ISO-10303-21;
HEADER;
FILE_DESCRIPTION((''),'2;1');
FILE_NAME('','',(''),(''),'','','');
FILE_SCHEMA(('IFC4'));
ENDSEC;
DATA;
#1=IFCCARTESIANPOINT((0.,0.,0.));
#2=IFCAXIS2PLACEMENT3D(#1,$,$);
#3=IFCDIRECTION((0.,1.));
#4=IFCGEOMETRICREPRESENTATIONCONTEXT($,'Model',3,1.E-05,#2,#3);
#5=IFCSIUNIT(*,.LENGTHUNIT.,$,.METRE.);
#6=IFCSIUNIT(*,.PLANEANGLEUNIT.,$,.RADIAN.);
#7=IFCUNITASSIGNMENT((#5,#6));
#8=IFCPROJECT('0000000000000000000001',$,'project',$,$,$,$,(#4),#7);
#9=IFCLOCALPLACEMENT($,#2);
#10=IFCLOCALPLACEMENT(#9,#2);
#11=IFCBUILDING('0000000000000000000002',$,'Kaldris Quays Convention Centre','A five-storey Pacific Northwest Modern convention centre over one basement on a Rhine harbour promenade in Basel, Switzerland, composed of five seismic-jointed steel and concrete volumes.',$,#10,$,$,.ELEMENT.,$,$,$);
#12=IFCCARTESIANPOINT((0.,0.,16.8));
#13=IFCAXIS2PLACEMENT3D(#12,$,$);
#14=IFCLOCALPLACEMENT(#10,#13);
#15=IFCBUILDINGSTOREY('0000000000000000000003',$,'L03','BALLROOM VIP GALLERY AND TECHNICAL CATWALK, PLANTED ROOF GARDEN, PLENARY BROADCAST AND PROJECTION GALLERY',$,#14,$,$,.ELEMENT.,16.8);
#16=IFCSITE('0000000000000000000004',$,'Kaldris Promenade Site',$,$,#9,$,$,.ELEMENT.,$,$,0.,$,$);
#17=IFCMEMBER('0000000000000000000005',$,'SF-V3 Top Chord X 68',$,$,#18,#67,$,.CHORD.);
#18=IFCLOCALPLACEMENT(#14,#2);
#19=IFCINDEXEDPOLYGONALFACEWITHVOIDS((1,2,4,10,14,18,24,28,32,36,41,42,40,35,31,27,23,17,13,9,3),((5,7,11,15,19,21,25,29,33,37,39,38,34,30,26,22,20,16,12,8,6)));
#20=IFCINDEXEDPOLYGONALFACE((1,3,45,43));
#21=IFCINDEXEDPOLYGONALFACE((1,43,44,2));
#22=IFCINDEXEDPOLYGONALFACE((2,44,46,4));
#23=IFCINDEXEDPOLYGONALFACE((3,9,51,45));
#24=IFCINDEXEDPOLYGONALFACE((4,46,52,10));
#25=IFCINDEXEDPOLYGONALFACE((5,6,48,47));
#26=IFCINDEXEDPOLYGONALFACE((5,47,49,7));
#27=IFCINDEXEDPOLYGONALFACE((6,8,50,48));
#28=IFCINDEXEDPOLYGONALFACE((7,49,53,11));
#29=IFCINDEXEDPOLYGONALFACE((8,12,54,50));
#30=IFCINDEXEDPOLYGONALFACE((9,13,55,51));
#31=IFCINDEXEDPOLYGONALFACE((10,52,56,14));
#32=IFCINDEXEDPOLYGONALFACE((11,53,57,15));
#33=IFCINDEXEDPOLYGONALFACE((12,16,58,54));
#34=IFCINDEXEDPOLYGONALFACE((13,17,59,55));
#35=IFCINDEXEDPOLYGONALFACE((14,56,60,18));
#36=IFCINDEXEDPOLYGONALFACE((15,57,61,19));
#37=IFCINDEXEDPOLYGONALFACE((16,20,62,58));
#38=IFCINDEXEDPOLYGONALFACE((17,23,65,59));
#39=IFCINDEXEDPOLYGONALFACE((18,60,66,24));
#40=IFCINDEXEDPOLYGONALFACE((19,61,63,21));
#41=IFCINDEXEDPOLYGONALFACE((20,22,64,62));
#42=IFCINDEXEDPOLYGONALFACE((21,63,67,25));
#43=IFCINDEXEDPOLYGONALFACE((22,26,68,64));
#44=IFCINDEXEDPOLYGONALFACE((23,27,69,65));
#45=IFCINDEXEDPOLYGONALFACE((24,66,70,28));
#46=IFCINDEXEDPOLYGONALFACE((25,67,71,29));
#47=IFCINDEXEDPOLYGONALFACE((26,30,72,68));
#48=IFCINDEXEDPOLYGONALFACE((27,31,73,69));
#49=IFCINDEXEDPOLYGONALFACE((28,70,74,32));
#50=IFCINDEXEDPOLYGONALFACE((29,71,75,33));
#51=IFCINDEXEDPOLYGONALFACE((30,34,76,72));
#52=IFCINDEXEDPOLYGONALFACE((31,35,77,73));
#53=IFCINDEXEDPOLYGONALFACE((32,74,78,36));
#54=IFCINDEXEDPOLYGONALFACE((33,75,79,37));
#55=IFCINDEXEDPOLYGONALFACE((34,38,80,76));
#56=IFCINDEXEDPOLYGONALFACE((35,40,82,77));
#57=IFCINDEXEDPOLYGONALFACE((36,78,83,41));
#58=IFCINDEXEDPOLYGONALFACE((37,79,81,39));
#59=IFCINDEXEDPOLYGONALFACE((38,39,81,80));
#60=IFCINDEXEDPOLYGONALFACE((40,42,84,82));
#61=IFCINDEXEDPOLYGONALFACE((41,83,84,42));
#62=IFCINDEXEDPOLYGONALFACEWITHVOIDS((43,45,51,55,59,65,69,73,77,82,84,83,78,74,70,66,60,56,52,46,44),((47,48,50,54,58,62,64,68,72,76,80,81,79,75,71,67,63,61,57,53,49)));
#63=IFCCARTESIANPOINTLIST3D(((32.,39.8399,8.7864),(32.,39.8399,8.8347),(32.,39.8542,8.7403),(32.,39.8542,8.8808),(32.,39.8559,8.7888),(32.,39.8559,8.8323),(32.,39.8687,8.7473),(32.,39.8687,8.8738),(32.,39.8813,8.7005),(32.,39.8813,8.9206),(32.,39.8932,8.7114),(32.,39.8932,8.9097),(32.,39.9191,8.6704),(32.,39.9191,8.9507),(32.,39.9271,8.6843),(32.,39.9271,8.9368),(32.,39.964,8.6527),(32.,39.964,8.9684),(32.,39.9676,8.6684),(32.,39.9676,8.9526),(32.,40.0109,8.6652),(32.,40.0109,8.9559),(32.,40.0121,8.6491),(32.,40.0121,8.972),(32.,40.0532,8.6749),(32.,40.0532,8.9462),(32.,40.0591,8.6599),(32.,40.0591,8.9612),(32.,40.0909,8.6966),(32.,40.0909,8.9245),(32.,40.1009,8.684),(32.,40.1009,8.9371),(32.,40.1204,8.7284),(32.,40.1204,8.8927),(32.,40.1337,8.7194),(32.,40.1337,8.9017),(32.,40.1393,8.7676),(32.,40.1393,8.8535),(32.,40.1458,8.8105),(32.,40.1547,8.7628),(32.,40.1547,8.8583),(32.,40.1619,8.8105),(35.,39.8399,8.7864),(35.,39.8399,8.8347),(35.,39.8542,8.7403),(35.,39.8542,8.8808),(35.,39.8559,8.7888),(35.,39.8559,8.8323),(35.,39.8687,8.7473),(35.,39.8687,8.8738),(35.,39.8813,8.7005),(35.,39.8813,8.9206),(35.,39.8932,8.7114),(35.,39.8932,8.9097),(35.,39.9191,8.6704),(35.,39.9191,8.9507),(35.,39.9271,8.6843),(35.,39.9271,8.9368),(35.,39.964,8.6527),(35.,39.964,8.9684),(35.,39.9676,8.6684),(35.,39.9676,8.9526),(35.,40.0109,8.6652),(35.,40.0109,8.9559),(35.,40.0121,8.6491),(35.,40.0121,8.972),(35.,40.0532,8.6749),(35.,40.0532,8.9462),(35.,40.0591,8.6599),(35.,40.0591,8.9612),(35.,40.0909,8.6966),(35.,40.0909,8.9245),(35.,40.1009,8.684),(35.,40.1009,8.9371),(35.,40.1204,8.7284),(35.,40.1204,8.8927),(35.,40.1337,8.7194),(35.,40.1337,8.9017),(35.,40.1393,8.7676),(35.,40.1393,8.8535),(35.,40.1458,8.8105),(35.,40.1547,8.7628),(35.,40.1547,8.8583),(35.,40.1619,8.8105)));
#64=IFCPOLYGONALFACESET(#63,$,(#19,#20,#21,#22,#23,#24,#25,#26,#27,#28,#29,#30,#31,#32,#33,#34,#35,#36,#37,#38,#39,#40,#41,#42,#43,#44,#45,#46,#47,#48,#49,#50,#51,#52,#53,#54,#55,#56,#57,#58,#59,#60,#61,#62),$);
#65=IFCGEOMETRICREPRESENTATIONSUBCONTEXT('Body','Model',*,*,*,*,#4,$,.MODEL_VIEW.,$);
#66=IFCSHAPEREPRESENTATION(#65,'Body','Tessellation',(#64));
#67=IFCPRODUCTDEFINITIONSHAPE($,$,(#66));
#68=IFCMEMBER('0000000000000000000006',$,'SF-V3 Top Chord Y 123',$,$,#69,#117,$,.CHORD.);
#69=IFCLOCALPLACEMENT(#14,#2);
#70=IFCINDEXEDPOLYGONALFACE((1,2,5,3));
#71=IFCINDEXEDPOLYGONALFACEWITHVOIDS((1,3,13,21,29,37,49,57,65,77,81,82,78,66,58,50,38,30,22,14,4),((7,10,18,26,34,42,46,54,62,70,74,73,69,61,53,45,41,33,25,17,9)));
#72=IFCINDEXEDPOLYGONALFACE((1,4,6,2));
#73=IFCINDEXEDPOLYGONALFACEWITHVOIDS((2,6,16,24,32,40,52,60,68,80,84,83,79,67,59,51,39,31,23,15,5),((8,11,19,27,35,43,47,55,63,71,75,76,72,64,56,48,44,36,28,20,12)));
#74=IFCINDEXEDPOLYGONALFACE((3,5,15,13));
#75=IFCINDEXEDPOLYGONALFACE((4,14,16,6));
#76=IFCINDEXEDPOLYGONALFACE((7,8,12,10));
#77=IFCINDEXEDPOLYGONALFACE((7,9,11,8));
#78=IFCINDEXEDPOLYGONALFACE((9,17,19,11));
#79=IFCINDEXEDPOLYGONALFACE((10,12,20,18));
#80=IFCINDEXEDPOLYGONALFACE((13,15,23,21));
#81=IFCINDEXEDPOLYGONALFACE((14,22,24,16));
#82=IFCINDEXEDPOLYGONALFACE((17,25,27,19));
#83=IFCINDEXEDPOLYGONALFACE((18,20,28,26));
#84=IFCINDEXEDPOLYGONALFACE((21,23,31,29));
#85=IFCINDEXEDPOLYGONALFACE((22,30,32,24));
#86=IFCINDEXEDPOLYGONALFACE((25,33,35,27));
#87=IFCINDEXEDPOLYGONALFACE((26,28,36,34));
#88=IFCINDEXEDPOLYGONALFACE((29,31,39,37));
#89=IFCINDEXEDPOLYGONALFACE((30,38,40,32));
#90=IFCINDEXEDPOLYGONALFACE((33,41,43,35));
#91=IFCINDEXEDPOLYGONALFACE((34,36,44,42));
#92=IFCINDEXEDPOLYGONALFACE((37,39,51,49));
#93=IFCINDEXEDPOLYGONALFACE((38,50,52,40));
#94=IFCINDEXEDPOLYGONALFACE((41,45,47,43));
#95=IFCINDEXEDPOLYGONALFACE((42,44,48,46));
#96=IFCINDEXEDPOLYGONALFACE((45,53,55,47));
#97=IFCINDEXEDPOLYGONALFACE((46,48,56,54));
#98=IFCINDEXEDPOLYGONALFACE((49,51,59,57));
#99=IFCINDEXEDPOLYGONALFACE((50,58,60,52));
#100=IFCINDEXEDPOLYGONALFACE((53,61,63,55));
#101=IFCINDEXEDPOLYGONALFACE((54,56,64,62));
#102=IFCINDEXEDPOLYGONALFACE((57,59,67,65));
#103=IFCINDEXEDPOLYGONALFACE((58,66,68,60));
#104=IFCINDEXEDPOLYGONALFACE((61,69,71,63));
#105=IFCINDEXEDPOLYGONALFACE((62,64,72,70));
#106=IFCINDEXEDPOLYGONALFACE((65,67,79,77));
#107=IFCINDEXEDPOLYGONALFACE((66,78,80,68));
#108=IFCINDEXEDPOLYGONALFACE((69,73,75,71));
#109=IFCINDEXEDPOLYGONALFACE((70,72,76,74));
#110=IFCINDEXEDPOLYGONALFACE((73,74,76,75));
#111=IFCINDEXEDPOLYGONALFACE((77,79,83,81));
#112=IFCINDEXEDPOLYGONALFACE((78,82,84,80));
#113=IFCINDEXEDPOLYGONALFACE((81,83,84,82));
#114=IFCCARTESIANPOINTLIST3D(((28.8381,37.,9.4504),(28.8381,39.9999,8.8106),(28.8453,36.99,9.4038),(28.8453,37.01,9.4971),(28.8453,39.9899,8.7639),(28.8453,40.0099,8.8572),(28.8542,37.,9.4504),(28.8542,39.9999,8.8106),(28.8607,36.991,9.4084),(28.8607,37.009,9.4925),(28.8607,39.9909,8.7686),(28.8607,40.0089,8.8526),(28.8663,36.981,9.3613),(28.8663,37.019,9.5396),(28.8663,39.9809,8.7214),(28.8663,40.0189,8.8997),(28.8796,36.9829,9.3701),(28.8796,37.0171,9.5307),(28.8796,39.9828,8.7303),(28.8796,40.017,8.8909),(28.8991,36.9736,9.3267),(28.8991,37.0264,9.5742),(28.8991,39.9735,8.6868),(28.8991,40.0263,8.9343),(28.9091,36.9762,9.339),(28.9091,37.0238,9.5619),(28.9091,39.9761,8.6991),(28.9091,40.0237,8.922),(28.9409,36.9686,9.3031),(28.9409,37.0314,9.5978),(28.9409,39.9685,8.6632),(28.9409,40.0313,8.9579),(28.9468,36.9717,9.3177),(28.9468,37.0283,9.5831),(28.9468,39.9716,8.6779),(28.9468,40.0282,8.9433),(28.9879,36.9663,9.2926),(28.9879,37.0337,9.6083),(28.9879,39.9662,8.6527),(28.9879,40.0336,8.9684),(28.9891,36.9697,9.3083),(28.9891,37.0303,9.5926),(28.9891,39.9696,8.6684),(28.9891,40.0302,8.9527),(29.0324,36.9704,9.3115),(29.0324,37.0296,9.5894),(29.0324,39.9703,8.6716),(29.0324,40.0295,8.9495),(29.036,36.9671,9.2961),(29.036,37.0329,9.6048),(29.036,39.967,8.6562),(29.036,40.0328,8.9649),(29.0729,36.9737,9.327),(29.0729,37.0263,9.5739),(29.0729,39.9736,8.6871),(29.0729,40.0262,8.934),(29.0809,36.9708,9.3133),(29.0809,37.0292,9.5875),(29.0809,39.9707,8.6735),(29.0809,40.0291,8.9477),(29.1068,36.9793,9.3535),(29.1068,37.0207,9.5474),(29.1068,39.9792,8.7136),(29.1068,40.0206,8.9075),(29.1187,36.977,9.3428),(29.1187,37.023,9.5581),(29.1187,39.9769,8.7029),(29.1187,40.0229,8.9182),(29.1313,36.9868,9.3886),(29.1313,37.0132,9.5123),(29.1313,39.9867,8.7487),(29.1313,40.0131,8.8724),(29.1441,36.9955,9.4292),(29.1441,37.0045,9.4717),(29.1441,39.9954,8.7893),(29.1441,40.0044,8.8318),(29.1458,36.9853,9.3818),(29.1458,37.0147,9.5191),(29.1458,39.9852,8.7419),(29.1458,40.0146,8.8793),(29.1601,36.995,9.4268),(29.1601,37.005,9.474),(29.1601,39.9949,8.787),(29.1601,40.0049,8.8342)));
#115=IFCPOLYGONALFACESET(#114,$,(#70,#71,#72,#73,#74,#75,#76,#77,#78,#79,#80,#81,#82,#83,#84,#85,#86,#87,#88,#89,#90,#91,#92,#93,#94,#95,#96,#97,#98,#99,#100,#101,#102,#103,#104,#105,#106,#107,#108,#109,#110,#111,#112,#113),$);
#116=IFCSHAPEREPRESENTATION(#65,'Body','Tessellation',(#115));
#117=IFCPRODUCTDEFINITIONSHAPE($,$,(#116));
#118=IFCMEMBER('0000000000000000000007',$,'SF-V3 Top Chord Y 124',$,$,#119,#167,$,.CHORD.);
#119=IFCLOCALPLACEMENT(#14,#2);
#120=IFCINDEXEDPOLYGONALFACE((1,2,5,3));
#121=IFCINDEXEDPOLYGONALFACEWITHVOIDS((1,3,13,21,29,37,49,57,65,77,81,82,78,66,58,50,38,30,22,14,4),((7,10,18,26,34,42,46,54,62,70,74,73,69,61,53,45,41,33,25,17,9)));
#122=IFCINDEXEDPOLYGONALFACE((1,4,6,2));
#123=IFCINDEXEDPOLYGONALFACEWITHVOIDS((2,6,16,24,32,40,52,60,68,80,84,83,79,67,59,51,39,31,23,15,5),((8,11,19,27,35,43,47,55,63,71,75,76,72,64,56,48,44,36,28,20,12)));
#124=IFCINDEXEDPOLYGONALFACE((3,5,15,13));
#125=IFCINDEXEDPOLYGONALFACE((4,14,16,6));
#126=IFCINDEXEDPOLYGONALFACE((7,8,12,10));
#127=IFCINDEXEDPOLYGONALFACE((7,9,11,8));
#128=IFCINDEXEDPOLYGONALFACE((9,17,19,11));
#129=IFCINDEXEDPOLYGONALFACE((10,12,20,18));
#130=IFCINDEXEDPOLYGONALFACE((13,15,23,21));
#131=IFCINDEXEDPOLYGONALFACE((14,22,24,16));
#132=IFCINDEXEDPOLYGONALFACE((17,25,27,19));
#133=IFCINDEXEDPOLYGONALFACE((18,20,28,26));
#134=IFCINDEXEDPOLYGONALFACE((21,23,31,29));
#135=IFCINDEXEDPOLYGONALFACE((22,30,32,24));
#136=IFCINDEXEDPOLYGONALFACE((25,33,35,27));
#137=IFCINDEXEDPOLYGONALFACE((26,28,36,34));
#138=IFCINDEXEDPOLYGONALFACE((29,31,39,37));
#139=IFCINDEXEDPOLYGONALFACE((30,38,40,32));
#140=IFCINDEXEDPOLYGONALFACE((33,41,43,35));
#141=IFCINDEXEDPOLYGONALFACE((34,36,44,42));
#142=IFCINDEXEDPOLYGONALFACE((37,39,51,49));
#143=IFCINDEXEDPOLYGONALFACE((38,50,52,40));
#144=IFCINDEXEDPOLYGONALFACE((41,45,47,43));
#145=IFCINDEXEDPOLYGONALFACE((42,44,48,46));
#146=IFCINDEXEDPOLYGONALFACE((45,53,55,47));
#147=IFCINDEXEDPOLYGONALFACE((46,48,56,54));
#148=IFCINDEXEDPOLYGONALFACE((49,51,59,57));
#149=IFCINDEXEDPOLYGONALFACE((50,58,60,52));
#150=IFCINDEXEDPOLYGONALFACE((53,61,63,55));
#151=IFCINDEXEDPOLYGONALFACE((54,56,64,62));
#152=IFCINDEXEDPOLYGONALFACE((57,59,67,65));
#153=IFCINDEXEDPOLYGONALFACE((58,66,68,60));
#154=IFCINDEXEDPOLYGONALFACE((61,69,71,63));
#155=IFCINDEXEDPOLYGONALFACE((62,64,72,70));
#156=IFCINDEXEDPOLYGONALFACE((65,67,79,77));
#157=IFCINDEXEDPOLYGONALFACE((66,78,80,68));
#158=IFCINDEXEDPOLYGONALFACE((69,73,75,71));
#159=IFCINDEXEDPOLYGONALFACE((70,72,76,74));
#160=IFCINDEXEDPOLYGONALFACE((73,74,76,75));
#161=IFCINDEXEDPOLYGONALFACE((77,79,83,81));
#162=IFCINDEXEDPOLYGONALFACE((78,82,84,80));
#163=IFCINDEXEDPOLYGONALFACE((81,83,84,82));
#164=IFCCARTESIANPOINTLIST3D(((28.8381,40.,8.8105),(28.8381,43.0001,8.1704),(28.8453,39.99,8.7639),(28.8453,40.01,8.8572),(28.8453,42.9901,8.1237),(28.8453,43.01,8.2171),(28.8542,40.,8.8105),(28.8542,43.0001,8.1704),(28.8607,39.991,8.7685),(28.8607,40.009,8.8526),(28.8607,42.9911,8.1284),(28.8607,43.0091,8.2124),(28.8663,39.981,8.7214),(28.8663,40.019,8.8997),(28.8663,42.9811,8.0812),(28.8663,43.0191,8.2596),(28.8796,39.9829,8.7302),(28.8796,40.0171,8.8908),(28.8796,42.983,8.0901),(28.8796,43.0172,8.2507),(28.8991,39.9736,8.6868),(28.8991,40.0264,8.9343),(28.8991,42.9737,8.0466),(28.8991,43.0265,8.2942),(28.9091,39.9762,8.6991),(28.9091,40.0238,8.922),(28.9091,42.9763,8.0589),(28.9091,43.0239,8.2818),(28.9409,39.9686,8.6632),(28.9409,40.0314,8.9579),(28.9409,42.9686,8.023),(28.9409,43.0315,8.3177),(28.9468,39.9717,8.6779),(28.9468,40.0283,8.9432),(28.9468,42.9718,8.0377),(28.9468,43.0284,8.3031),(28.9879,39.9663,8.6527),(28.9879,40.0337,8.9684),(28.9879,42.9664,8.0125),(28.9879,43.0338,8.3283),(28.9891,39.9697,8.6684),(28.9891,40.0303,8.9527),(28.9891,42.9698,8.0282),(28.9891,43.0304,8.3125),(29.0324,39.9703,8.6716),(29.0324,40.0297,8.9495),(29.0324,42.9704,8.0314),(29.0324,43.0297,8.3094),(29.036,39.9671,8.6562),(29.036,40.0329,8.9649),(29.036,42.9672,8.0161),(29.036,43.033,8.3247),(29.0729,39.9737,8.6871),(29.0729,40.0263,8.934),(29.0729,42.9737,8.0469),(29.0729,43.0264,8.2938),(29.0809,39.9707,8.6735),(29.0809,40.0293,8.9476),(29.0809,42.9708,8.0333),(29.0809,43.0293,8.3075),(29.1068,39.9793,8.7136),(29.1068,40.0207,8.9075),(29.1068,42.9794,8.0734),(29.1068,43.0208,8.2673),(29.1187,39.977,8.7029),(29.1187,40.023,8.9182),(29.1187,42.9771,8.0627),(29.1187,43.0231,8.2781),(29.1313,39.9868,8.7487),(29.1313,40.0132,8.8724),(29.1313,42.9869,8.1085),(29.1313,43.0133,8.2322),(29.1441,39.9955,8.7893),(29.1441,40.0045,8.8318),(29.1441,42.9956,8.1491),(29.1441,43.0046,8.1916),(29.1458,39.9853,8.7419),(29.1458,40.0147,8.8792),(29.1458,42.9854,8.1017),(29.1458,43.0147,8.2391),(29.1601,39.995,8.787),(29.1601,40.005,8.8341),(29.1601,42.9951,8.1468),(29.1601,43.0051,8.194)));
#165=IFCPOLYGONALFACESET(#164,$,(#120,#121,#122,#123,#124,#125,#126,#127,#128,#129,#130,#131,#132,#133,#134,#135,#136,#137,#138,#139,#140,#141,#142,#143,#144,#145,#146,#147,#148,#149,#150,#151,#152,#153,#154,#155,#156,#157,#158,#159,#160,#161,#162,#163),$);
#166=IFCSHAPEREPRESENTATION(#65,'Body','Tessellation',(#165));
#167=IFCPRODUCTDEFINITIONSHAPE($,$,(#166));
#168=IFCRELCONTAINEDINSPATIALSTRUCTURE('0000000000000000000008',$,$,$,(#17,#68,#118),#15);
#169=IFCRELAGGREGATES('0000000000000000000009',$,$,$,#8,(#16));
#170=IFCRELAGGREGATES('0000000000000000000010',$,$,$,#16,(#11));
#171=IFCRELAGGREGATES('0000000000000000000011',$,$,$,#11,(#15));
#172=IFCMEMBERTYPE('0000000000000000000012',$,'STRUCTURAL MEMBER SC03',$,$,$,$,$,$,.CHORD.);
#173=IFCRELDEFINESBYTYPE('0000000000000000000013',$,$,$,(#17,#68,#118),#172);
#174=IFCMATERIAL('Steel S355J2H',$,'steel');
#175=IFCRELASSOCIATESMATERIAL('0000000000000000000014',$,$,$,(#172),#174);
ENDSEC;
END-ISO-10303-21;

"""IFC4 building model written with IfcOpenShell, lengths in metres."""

from ifc_helpers import new_model, si_unit, direction, frame, origin, origin_2d, place, context, subcontext, project, spatial, hollow_circle, extrude, material, material_profile, profile_set, type_object, element, save


model = new_model("IFC4")

# Units and contexts
model_context = context("Model", 3, precision=1e-05, world=origin(), true_north=direction((0.0, 1.0)))
body_context = subcontext(model_context, "Body", "Model", "MODEL_VIEW")
ifc_project = project(units=[si_unit("LENGTHUNIT", "METRE"), si_unit("PLANEANGLEUNIT", "RADIAN")], contexts=[model_context])

# Site, building, storey
site_placement = place(None, origin())
site = spatial("IfcSite", under=ifc_project, at=site_placement, Name="Kaldris Promenade Site", CompositionType="ELEMENT", RefElevation=0.0)
building_placement = place(site_placement, origin())
building = spatial("IfcBuilding", under=site, at=building_placement, Name="Kaldris Quays Convention Centre", Description="A five-storey Pacific Northwest Modern convention centre over one basement on a Rhine harbour promenade in Basel, Switzerland, composed of five seismic-jointed steel and concrete volumes.", CompositionType="ELEMENT")
storey_placement = place(building_placement, frame((0.0, 0.0, 16.8)))
storey = spatial("IfcBuildingStorey", under=building, at=storey_placement, Name="L03", Description="BALLROOM VIP GALLERY AND TECHNICAL CATWALK, PLANTED ROOF GARDEN, PLENARY BROADCAST AND PROJECTION GALLERY", CompositionType="ELEMENT", Elevation=16.8)

# Members
ifc_material_1 = material(Name="Steel S355J2H", Category="steel")
ifc_material_profile_1 = material_profile(ifc_material_1, hollow_circle(Radius=0.1619, WallThickness=0.0161, at=origin_2d()), Name="CHS 323.9x16")
ifc_profile_set_1 = profile_set([ifc_material_profile_1], Name="Steel S355J2H")
member_type_1 = type_object("IfcMemberType", Name="STRUCTURAL MEMBER SC03", PredefinedType="CHORD", material=ifc_profile_set_1)
for number, where, z_axis, x_axis, name in (
    (1, (32.0, 40.0, 8.8105), (1.0, 0.0, 0.0), (0.0, 1.0, 0.0), "SF-V3 Top Chord X 68"),
):
    element("IfcMember", number, at=place(storey_placement, frame(where, z_axis=z_axis, x_axis=x_axis)), inside=storey, type_object=member_type_1, Name=name, PredefinedType="CHORD", context=body_context, shape_type="SweptSolid", body=[
        extrude(hollow_circle(Radius=0.1619, WallThickness=0.0161, at=origin_2d()), origin(), (0.0, 0.0, 1.0), 3.0),
    ])
member_1_placement = place(storey_placement, frame((29.0, 37.0, 9.4504), z_axis=(0.0, 0.978, -0.208605), x_axis=(-1.0, 0.0, 0.0)))
element("IfcMember", 2, at=member_1_placement, inside=storey, type_object=member_type_1, Name="SF-V3 Top Chord Y 123", PredefinedType="CHORD", context=body_context, shape_type="SweptSolid", body=[
    extrude(hollow_circle(Radius=0.1619, WallThickness=0.0161, at=origin_2d()), origin(), (0.0, 0.0, 1.0), 3.0674),
])
member_2_placement = place(storey_placement, frame((29.0, 40.0, 8.8105), z_axis=(0.0, 0.977984, -0.208681), x_axis=(-1.0, 0.0, 0.0)))
element("IfcMember", 3, at=member_2_placement, inside=storey, type_object=member_type_1, Name="SF-V3 Top Chord Y 124", PredefinedType="CHORD", context=body_context, shape_type="SweptSolid", body=[
    extrude(hollow_circle(Radius=0.1619, WallThickness=0.0161, at=origin_2d()), origin(), (0.0, 0.0, 1.0), 3.0676),
])

save(model, "model.ifc")
